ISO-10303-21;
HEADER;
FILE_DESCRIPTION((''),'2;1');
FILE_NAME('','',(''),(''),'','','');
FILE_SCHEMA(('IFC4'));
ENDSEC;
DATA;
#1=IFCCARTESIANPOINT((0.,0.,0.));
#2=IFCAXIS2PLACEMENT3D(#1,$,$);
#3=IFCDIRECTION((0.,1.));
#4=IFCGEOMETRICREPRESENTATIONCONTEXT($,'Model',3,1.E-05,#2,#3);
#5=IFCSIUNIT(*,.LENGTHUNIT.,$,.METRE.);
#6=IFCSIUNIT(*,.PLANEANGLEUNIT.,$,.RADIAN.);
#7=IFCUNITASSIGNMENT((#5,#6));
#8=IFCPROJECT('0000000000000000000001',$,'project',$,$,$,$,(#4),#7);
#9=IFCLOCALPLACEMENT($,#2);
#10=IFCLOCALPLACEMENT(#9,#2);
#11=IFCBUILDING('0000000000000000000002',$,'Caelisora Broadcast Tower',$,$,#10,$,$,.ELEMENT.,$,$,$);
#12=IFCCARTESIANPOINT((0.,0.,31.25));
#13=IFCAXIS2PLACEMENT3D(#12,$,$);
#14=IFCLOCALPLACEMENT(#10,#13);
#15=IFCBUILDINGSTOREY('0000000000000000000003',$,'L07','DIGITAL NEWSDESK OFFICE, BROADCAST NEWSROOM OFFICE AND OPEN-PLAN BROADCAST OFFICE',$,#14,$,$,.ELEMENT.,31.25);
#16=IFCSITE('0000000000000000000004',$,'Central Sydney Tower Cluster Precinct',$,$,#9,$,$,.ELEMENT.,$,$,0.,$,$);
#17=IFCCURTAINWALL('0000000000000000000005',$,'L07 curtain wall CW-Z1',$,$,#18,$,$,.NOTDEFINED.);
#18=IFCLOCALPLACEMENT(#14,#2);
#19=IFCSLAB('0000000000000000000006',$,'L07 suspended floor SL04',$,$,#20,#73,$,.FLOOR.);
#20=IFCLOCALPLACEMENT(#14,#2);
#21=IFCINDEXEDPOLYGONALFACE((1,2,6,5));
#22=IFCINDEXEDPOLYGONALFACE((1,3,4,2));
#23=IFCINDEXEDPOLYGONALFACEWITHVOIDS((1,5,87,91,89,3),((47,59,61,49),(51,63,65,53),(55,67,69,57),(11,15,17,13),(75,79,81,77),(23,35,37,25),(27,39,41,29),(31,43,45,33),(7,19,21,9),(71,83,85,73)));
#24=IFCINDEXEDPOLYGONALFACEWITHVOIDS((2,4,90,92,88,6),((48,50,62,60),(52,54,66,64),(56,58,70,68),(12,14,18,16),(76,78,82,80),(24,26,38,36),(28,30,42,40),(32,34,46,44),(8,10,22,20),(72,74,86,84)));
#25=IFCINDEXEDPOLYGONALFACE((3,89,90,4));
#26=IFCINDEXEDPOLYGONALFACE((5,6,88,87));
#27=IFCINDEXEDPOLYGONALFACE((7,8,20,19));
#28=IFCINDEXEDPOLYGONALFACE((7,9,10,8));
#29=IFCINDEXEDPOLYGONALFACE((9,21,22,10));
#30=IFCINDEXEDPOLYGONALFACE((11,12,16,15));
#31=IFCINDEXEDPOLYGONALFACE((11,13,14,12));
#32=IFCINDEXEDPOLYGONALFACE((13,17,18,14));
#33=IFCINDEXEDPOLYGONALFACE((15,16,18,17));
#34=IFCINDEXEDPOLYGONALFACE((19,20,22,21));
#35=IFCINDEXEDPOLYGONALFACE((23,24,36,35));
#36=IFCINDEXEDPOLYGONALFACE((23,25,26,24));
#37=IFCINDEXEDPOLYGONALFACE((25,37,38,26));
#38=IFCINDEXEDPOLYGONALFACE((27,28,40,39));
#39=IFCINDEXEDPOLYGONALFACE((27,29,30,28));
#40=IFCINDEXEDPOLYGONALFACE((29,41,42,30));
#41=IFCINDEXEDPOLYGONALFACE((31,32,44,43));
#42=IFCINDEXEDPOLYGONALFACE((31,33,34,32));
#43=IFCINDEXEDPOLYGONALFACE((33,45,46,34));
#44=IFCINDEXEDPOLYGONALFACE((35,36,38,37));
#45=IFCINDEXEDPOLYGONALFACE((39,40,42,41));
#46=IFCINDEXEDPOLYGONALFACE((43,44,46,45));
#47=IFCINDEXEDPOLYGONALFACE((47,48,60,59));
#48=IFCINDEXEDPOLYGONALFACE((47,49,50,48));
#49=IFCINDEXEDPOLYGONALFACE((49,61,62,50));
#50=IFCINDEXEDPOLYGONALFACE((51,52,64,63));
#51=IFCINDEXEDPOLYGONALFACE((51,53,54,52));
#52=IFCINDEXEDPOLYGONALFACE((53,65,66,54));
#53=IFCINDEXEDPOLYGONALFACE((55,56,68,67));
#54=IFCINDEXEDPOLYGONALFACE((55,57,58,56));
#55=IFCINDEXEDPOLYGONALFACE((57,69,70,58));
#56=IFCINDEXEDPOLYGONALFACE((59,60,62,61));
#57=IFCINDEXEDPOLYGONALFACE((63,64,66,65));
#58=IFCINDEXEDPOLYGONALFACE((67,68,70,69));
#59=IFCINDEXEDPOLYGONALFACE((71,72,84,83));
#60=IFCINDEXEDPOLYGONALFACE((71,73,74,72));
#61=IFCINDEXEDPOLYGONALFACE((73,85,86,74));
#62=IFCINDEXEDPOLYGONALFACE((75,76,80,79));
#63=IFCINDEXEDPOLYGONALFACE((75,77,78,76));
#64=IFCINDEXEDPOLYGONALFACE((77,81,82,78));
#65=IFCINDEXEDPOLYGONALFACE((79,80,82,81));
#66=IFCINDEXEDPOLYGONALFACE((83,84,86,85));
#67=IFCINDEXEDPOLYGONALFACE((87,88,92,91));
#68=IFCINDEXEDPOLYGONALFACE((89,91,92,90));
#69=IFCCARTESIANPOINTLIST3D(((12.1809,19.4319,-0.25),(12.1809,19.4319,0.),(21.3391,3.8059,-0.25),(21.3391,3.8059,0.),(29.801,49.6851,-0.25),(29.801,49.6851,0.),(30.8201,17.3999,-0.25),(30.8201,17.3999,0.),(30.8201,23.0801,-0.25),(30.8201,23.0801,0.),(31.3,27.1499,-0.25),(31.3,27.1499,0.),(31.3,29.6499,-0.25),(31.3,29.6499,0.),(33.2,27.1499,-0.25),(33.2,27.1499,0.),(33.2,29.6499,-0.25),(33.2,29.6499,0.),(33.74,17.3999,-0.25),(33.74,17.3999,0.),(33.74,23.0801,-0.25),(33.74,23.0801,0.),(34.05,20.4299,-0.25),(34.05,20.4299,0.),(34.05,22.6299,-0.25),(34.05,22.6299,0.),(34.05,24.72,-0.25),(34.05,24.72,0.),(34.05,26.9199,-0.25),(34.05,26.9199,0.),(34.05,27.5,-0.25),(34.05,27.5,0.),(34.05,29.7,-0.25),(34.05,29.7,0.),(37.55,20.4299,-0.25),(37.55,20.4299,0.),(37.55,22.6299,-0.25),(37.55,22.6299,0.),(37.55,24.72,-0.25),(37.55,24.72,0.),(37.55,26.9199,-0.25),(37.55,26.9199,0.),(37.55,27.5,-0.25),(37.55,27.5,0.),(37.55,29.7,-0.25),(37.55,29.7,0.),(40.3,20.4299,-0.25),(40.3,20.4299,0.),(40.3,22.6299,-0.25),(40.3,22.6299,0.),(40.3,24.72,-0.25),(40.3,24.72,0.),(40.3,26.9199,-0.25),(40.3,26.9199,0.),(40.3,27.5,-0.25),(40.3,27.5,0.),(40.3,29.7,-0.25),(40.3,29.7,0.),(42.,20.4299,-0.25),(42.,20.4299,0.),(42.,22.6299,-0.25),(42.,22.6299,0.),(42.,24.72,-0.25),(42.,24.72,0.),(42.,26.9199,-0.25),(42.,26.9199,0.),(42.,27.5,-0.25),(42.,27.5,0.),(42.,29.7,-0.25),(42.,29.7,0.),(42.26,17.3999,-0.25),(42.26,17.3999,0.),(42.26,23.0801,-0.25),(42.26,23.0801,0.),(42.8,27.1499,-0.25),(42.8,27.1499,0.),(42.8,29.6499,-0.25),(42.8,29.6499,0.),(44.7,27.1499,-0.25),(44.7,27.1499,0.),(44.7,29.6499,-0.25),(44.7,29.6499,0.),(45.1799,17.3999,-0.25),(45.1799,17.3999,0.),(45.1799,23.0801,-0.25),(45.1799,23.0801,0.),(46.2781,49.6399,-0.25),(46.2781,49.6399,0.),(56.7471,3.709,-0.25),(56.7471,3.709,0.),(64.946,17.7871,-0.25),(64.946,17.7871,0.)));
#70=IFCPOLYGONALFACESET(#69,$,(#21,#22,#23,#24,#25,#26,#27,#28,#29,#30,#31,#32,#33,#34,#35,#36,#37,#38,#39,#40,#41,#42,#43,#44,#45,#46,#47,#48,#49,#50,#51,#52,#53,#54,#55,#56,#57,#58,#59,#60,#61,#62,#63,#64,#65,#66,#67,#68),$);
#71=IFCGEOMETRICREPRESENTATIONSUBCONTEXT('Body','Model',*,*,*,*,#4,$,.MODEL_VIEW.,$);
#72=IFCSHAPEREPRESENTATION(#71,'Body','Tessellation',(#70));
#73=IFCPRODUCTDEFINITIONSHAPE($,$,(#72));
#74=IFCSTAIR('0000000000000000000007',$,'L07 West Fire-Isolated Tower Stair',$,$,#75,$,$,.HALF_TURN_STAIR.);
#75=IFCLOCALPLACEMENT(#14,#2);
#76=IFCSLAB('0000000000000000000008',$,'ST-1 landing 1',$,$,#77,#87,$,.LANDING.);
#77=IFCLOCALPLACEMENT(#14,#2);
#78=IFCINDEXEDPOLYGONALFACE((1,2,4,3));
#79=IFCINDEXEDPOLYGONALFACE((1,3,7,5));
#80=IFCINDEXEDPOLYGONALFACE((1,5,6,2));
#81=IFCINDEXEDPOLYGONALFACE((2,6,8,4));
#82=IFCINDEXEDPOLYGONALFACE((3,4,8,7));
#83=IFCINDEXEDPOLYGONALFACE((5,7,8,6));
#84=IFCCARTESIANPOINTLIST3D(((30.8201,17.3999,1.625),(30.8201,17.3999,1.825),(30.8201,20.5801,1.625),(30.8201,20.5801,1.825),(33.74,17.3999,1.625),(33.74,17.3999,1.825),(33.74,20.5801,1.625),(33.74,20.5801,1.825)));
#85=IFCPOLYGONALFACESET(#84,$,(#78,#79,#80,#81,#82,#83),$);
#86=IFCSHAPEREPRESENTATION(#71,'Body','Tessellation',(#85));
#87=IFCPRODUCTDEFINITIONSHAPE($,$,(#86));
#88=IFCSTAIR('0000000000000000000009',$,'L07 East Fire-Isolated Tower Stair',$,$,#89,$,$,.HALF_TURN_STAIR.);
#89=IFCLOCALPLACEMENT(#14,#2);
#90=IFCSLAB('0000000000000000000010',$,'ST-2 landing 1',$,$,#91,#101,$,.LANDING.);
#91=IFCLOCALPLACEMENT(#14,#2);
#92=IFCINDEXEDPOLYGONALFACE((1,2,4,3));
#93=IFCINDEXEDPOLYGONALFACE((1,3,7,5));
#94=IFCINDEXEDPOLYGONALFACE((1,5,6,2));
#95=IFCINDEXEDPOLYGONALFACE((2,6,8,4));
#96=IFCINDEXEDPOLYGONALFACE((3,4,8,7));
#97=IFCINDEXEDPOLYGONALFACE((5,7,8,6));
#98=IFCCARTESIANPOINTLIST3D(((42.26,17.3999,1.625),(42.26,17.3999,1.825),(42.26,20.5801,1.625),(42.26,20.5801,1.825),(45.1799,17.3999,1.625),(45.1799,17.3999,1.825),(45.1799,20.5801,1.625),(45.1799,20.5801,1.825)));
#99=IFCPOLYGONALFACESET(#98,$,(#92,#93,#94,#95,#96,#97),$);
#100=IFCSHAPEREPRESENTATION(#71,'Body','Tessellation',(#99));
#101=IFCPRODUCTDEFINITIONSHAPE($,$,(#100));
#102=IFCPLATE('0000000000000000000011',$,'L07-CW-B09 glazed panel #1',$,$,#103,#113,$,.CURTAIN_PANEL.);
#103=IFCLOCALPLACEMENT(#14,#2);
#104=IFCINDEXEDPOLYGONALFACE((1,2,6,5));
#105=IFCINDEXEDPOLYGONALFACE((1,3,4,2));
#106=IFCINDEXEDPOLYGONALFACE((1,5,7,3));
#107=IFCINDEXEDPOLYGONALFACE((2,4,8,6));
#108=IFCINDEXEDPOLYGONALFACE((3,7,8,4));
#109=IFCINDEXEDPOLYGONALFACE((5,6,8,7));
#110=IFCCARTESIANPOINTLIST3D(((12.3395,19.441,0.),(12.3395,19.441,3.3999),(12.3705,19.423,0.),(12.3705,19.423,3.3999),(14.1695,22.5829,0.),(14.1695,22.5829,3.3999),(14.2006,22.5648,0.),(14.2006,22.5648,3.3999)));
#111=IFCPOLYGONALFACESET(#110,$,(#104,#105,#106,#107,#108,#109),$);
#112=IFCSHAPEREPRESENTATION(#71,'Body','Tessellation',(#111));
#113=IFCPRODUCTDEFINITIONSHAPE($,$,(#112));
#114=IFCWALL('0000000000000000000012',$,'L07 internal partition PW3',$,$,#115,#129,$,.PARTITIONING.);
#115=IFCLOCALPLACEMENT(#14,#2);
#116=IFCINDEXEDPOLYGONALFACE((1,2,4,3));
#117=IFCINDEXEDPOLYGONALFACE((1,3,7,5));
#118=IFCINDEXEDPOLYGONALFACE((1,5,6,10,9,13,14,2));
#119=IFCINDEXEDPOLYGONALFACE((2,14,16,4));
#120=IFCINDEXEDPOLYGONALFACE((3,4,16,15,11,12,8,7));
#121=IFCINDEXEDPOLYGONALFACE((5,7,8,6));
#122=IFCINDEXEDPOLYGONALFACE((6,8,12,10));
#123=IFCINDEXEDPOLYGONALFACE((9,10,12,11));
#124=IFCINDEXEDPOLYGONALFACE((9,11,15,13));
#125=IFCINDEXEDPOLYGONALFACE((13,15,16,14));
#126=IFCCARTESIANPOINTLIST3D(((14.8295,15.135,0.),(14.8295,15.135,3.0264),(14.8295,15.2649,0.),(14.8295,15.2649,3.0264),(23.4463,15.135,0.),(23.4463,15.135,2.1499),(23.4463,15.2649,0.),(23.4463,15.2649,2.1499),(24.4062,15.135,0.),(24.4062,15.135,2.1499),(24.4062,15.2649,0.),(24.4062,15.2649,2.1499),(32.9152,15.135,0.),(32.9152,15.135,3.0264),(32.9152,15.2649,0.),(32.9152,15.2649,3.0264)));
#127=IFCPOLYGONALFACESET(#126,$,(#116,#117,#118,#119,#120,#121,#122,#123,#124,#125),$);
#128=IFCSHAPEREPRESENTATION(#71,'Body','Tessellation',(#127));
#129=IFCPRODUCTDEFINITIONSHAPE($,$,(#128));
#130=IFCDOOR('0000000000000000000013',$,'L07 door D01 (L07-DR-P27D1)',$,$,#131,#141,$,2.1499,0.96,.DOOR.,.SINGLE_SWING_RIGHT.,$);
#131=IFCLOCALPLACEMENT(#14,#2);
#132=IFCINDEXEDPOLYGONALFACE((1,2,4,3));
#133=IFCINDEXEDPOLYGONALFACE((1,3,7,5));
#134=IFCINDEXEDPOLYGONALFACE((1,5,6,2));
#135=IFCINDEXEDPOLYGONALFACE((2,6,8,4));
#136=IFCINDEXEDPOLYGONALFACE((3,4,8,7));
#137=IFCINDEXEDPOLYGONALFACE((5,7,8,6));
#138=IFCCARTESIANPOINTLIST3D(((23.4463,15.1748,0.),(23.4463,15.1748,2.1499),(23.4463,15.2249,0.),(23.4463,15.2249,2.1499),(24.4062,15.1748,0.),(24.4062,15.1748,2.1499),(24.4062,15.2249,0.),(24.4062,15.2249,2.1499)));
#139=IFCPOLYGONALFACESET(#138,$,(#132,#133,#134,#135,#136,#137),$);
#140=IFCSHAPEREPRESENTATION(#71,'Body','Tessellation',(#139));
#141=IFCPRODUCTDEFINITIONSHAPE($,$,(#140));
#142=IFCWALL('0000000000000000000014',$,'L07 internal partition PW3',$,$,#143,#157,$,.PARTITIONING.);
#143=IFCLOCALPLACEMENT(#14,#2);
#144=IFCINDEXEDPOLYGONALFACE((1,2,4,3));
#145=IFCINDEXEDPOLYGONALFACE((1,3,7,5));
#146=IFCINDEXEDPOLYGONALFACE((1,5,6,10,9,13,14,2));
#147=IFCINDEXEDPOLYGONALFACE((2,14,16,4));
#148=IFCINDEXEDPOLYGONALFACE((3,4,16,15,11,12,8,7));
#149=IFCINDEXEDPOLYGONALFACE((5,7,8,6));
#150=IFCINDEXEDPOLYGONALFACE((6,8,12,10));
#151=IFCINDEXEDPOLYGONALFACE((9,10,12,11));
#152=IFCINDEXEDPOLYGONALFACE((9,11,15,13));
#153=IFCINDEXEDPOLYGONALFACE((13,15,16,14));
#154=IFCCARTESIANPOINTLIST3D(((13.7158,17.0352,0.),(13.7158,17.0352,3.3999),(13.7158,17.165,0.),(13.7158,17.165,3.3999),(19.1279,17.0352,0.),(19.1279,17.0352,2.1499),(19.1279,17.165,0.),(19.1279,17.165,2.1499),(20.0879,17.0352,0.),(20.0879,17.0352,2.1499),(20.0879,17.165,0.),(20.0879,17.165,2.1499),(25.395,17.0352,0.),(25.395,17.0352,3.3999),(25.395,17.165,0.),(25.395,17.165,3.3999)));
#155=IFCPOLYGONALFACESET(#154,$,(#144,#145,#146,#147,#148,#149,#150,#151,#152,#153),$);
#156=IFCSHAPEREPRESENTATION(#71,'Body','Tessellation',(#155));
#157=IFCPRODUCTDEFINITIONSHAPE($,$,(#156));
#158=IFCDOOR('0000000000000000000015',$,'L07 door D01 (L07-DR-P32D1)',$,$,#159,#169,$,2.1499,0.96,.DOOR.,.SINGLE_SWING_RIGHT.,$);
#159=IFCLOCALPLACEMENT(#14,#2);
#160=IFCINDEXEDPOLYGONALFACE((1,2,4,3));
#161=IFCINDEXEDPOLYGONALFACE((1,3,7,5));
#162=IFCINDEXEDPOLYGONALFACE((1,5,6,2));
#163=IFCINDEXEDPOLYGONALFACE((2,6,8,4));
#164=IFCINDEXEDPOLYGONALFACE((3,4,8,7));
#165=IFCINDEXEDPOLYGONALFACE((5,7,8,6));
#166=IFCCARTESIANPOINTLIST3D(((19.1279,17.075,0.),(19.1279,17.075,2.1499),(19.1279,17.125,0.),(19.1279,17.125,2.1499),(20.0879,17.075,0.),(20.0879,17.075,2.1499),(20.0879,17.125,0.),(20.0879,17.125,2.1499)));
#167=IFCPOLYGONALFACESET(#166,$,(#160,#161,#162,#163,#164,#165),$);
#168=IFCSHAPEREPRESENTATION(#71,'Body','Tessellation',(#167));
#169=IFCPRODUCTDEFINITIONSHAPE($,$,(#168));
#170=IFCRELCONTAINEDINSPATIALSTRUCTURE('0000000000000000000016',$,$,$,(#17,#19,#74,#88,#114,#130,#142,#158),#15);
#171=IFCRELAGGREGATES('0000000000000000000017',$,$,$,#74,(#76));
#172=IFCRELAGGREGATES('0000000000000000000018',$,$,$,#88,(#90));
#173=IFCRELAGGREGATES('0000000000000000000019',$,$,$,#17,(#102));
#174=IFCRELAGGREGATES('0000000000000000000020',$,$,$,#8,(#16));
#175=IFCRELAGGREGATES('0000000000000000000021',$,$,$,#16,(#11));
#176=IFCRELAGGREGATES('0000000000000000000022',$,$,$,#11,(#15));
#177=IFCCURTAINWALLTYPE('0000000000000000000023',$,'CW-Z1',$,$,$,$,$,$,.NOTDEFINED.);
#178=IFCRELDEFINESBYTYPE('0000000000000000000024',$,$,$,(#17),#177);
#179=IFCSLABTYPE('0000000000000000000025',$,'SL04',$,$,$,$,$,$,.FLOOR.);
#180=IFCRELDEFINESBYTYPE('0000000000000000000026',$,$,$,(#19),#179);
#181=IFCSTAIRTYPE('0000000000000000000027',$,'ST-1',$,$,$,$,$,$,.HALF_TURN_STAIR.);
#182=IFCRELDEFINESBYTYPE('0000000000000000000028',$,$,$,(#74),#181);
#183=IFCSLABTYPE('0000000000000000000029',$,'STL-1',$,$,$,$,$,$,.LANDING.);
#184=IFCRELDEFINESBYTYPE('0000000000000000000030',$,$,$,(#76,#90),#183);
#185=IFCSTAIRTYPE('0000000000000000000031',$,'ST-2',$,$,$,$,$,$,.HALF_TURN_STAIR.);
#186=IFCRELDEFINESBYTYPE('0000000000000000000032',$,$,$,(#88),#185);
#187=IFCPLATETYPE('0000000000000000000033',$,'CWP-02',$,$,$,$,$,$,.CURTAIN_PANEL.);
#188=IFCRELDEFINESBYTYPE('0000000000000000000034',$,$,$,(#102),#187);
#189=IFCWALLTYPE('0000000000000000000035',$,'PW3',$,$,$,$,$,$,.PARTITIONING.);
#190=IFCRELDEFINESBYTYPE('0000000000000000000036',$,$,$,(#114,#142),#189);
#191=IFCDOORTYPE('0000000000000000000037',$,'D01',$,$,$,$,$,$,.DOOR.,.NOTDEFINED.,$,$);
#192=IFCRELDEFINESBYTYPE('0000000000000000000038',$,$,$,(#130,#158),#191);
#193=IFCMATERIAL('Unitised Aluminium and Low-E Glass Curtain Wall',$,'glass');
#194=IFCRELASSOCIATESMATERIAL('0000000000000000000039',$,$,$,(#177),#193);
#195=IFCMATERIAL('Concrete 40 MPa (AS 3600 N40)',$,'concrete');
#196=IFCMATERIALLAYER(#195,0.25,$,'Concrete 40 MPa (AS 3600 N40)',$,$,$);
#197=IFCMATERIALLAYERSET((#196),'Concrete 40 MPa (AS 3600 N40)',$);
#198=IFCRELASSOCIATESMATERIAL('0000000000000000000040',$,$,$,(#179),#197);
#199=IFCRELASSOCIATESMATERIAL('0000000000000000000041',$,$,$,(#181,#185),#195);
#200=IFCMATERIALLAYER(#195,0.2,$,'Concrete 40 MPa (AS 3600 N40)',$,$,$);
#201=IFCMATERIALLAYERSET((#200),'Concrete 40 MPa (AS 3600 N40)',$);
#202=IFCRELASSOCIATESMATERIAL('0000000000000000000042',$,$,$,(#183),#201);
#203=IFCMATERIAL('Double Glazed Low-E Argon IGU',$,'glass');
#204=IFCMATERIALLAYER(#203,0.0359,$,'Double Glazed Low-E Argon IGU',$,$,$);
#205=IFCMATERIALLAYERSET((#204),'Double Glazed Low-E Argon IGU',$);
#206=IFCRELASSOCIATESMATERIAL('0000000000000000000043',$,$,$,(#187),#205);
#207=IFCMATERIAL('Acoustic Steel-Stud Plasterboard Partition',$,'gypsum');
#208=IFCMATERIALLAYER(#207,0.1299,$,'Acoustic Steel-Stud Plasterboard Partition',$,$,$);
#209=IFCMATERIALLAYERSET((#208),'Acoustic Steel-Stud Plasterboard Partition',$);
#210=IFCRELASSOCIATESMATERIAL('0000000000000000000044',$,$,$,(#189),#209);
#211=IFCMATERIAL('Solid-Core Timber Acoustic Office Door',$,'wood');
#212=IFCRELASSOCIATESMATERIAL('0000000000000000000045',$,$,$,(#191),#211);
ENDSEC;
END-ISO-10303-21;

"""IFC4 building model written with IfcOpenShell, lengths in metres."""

from ifc_helpers import new_model, si_unit, direction, frame, frame_2d, origin, origin_2d, place, context, subcontext, project, spatial, polyline, rectangle, outline, extrude, source, transform, mapped, material, layer, layer_set, type_object, type_shapes, element, fill, aggregate, save


model = new_model("IFC4")

# Units and contexts
model_context = context("Model", 3, precision=1e-05, world=origin(), true_north=direction((0.0, 1.0)))
body_context = subcontext(model_context, "Body", "Model", "MODEL_VIEW")
ifc_project = project(units=[si_unit("LENGTHUNIT", "METRE"), si_unit("PLANEANGLEUNIT", "RADIAN")], contexts=[model_context])

# Site, building, storey
site_placement = place(None, origin())
site = spatial("IfcSite", under=ifc_project, at=site_placement, Name="Central Sydney Tower Cluster Precinct", CompositionType="ELEMENT", RefElevation=0.0)
building_placement = place(site_placement, origin())
building = spatial("IfcBuilding", under=site, at=building_placement, Name="Caelisora Broadcast Tower", CompositionType="ELEMENT")
storey_placement = place(building_placement, frame((0.0, 0.0, 31.25)))
storey = spatial("IfcBuildingStorey", under=building, at=storey_placement, Name="L07", Description="DIGITAL NEWSDESK OFFICE, BROADCAST NEWSROOM OFFICE AND OPEN-PLAN BROADCAST OFFICE", CompositionType="ELEMENT", Elevation=31.25)

# Curtain wall
ifc_material_1 = material(Name="Unitised Aluminium and Low-E Glass Curtain Wall", Category="glass")
curtain_wall_type = type_object("IfcCurtainWallType", Name="CW-Z1", PredefinedType="NOTDEFINED", material=ifc_material_1)
curtain_wall_placement = place(storey_placement, origin())
curtain_wall = element("IfcCurtainWall", 1, at=curtain_wall_placement, inside=storey, type_object=curtain_wall_type, Name="L07 curtain wall CW-Z1", PredefinedType="NOTDEFINED")

# Slab
ifc_material_2 = material(Name="Concrete 40 MPa (AS 3600 N40)", Category="concrete")
ifc_layer_1 = layer(ifc_material_2, 0.25, Name="Concrete 40 MPa (AS 3600 N40)")
ifc_layer_set_1 = layer_set([ifc_layer_1], Name="Concrete 40 MPa (AS 3600 N40)")
slab_type_1 = type_object("IfcSlabType", Name="SL04", PredefinedType="FLOOR", material=ifc_layer_set_1)
slab_1_placement = place(storey_placement, frame((0.0, 0.0, -0.25)))
element("IfcSlab", 2, at=slab_1_placement, inside=storey, type_object=slab_type_1, Name="L07 suspended floor SL04", PredefinedType="FLOOR", context=body_context, shape_type="SweptSolid", body=[
    extrude(outline(polyline([(46.2781, 49.6399), (29.801, 49.6851), (12.1809, 19.4319), (21.3391, 3.8059), (56.7471, 3.709), (64.946, 17.7871), (46.2781, 49.6399)]), holes=[polyline([(30.8201, 17.3999), (33.74, 17.3999), (33.74, 23.0801), (30.8201, 23.0801), (30.8201, 17.3999)]), polyline([(42.26, 17.3999), (45.1799, 17.3999), (45.1799, 23.0801), (42.26, 23.0801), (42.26, 17.3999)]), polyline([(42.8, 27.1499), (44.7, 27.1499), (44.7, 29.6499), (42.8, 29.6499), (42.8, 27.1499)]), polyline([(40.3, 20.4299), (42.0, 20.4299), (42.0, 22.6299), (40.3, 22.6299), (40.3, 20.4299)]), polyline([(40.3, 24.72), (42.0, 24.72), (42.0, 26.9199), (40.3, 26.9199), (40.3, 24.72)]), polyline([(40.3, 27.5), (42.0, 27.5), (42.0, 29.7), (40.3, 29.7), (40.3, 27.5)]), polyline([(34.05, 20.4299), (37.55, 20.4299), (37.55, 22.6299), (34.05, 22.6299), (34.05, 20.4299)]), polyline([(34.05, 24.72), (37.55, 24.72), (37.55, 26.9199), (34.05, 26.9199), (34.05, 24.72)]), polyline([(34.05, 27.5), (37.55, 27.5), (37.55, 29.7), (34.05, 29.7), (34.05, 27.5)]), polyline([(31.3, 27.1499), (33.2, 27.1499), (33.2, 29.6499), (31.3, 29.6499), (31.3, 27.1499)])]), origin(), (0.0, 0.0, 1.0), 0.25),
])

# Stairs, slabs
stair_type_1 = type_object("IfcStairType", Name="ST-1", PredefinedType="HALF_TURN_STAIR", material=ifc_material_2)
stair_1_placement = place(storey_placement, origin())
stair_1 = element("IfcStair", 3, at=stair_1_placement, inside=storey, type_object=stair_type_1, Name="L07 West Fire-Isolated Tower Stair", PredefinedType="HALF_TURN_STAIR")
ifc_layer_2 = layer(ifc_material_2, 0.2, Name="Concrete 40 MPa (AS 3600 N40)")
ifc_layer_set_2 = layer_set([ifc_layer_2], Name="Concrete 40 MPa (AS 3600 N40)")
slab_type_2 = type_object("IfcSlabType", Name="STL-1", PredefinedType="LANDING", material=ifc_layer_set_2)
slab_2_placement = place(storey_placement, frame((0.0, 0.0, 1.625)))
slab_2 = element("IfcSlab", 4, at=slab_2_placement, type_object=slab_type_2, Name="ST-1 landing 1", PredefinedType="LANDING", context=body_context, shape_type="SweptSolid", body=[
    extrude(outline(polyline([(30.8201, 20.5801), (30.8201, 17.3999), (33.74, 17.3999), (33.74, 20.5801), (30.8201, 20.5801)])), origin(), (0.0, 0.0, 1.0), 0.2),
])
aggregate(stair_1, [slab_2])
stair_type_2 = type_object("IfcStairType", Name="ST-2", PredefinedType="HALF_TURN_STAIR", material=ifc_material_2)
stair_2_placement = place(storey_placement, origin())
stair_2 = element("IfcStair", 5, at=stair_2_placement, inside=storey, type_object=stair_type_2, Name="L07 East Fire-Isolated Tower Stair", PredefinedType="HALF_TURN_STAIR")
slab_3_placement = place(storey_placement, frame((0.0, 0.0, 1.625)))
slab_3 = element("IfcSlab", 6, at=slab_3_placement, type_object=slab_type_2, Name="ST-2 landing 1", PredefinedType="LANDING", context=body_context, shape_type="SweptSolid", body=[
    extrude(outline(polyline([(42.26, 20.5801), (42.26, 17.3999), (45.1799, 17.3999), (45.1799, 20.5801), (42.26, 20.5801)])), origin(), (0.0, 0.0, 1.0), 0.2),
])
aggregate(stair_2, [slab_3])

# Plate
ifc_material_3 = material(Name="Double Glazed Low-E Argon IGU", Category="glass")
ifc_layer_3 = layer(ifc_material_3, 0.0359, Name="Double Glazed Low-E Argon IGU")
ifc_layer_set_3 = layer_set([ifc_layer_3], Name="Double Glazed Low-E Argon IGU")
plate_type = type_object("IfcPlateType", Name="CWP-02", PredefinedType="CURTAIN_PANEL", material=ifc_layer_set_3)
shared_shape_1 = source(origin(), body_context, "Body", "SweptSolid", [
    extrude(rectangle(XDim=3.636, YDim=0.0359, at=origin_2d()), origin(), (0.0, 0.0, 1.0), 3.3999),
])
type_shapes(plate_type, [shared_shape_1])
plate_placement = place(storey_placement, frame((13.27, 21.0029, 0.0), z_axis=(0.0, 0.0, 1.0), x_axis=(0.503322, 0.864099, 0.0)))
plate = element("IfcPlate", 7, at=plate_placement, type_object=plate_type, Name="L07-CW-B09 glazed panel #1", PredefinedType="CURTAIN_PANEL", context=body_context, shape_type="MappedRepresentation", body=[
    mapped(shared_shape_1, transform((0.0, 0.0, 0.0), scale=1.0)),
])
aggregate(curtain_wall, [plate])

# Walls, openings, doors
ifc_material_4 = material(Name="Acoustic Steel-Stud Plasterboard Partition", Category="gypsum")
ifc_layer_4 = layer(ifc_material_4, 0.1299, Name="Acoustic Steel-Stud Plasterboard Partition")
ifc_layer_set_4 = layer_set([ifc_layer_4], Name="Acoustic Steel-Stud Plasterboard Partition")
wall_type = type_object("IfcWallType", Name="PW3", PredefinedType="PARTITIONING", material=ifc_layer_set_4)
wall_1_placement = place(storey_placement, frame((14.8293, 15.2, 0.0), z_axis=(0.0, 0.0, 1.0), x_axis=(1.0, 0.0, 0.0)))
wall_1 = element("IfcWall", 8, at=wall_1_placement, inside=storey, type_object=wall_type, Name="L07 internal partition PW3", PredefinedType="PARTITIONING", context=body_context, shape_type="SweptSolid", body=[
    extrude(rectangle(XDim=18.0857, YDim=0.1299, at=frame_2d((9.043, 0.0))), origin(), (0.0, 0.0, 1.0), 3.0264),
])
opening_1_placement = place(wall_1_placement, frame((8.6169, 0.0, 0.0)))
opening_1 = element("IfcOpeningElement", 9, at=opening_1_placement, cuts=wall_1, PredefinedType="OPENING", context=body_context, shape_type="SweptSolid", body=[
    extrude(rectangle(XDim=0.96, YDim=2.1499, at=frame_2d((0.48, 1.075))), frame((0.0, 0.0769, 0.0), z_axis=(0.0, -1.0, 0.0), x_axis=(1.0, 0.0, 0.0)), (0.0, 0.0, 1.0), 0.1538),
])
ifc_material_5 = material(Name="Solid-Core Timber Acoustic Office Door", Category="wood")
door_type = type_object("IfcDoorType", Name="D01", OperationType="NOTDEFINED", PredefinedType="DOOR", material=ifc_material_5)
door_1_placement = place(opening_1_placement, origin())
door_1 = element("IfcDoor", 10, at=door_1_placement, inside=storey, type_object=door_type, Name="L07 door D01 (L07-DR-P27D1)", OperationType="SINGLE_SWING_RIGHT", OverallHeight=2.1499, OverallWidth=0.96, PredefinedType="DOOR", context=body_context, shape_type="SweptSolid", body=[
    extrude(rectangle(XDim=0.96, YDim=2.1499, at=frame_2d((0.48, 1.075))), frame((0.0, 0.0249, 0.0), z_axis=(0.0, -1.0, 0.0), x_axis=(1.0, 0.0, 0.0)), (0.0, 0.0, 1.0), 0.05),
])
fill(opening_1, door_1)
wall_2_placement = place(storey_placement, frame((13.7158, 17.1001, 0.0), z_axis=(0.0, 0.0, 1.0), x_axis=(1.0, 0.0, 0.0)))
wall_2 = element("IfcWall", 11, at=wall_2_placement, inside=storey, type_object=wall_type, Name="L07 internal partition PW3", PredefinedType="PARTITIONING", context=body_context, shape_type="SweptSolid", body=[
    extrude(rectangle(XDim=11.6792, YDim=0.1299, at=frame_2d((5.8396, 0.0))), origin(), (0.0, 0.0, 1.0), 3.3999),
])
opening_2_placement = place(wall_2_placement, frame((5.4121, 0.0, 0.0)))
opening_2 = element("IfcOpeningElement", 12, at=opening_2_placement, cuts=wall_2, PredefinedType="OPENING", context=body_context, shape_type="SweptSolid", body=[
    extrude(rectangle(XDim=0.96, YDim=2.1499, at=frame_2d((0.48, 1.075))), frame((0.0, 0.0769, 0.0), z_axis=(0.0, -1.0, 0.0), x_axis=(1.0, 0.0, 0.0)), (0.0, 0.0, 1.0), 0.1538),
])
door_2_placement = place(opening_2_placement, origin())
door_2 = element("IfcDoor", 13, at=door_2_placement, inside=storey, type_object=door_type, Name="L07 door D01 (L07-DR-P32D1)", OperationType="SINGLE_SWING_RIGHT", OverallHeight=2.1499, OverallWidth=0.96, PredefinedType="DOOR", context=body_context, shape_type="SweptSolid", body=[
    extrude(rectangle(XDim=0.96, YDim=2.1499, at=frame_2d((0.48, 1.075))), frame((0.0, 0.0249, 0.0), z_axis=(0.0, -1.0, 0.0), x_axis=(1.0, 0.0, 0.0)), (0.0, 0.0, 1.0), 0.05),
])
fill(opening_2, door_2)

save(model, "model.ifc")
